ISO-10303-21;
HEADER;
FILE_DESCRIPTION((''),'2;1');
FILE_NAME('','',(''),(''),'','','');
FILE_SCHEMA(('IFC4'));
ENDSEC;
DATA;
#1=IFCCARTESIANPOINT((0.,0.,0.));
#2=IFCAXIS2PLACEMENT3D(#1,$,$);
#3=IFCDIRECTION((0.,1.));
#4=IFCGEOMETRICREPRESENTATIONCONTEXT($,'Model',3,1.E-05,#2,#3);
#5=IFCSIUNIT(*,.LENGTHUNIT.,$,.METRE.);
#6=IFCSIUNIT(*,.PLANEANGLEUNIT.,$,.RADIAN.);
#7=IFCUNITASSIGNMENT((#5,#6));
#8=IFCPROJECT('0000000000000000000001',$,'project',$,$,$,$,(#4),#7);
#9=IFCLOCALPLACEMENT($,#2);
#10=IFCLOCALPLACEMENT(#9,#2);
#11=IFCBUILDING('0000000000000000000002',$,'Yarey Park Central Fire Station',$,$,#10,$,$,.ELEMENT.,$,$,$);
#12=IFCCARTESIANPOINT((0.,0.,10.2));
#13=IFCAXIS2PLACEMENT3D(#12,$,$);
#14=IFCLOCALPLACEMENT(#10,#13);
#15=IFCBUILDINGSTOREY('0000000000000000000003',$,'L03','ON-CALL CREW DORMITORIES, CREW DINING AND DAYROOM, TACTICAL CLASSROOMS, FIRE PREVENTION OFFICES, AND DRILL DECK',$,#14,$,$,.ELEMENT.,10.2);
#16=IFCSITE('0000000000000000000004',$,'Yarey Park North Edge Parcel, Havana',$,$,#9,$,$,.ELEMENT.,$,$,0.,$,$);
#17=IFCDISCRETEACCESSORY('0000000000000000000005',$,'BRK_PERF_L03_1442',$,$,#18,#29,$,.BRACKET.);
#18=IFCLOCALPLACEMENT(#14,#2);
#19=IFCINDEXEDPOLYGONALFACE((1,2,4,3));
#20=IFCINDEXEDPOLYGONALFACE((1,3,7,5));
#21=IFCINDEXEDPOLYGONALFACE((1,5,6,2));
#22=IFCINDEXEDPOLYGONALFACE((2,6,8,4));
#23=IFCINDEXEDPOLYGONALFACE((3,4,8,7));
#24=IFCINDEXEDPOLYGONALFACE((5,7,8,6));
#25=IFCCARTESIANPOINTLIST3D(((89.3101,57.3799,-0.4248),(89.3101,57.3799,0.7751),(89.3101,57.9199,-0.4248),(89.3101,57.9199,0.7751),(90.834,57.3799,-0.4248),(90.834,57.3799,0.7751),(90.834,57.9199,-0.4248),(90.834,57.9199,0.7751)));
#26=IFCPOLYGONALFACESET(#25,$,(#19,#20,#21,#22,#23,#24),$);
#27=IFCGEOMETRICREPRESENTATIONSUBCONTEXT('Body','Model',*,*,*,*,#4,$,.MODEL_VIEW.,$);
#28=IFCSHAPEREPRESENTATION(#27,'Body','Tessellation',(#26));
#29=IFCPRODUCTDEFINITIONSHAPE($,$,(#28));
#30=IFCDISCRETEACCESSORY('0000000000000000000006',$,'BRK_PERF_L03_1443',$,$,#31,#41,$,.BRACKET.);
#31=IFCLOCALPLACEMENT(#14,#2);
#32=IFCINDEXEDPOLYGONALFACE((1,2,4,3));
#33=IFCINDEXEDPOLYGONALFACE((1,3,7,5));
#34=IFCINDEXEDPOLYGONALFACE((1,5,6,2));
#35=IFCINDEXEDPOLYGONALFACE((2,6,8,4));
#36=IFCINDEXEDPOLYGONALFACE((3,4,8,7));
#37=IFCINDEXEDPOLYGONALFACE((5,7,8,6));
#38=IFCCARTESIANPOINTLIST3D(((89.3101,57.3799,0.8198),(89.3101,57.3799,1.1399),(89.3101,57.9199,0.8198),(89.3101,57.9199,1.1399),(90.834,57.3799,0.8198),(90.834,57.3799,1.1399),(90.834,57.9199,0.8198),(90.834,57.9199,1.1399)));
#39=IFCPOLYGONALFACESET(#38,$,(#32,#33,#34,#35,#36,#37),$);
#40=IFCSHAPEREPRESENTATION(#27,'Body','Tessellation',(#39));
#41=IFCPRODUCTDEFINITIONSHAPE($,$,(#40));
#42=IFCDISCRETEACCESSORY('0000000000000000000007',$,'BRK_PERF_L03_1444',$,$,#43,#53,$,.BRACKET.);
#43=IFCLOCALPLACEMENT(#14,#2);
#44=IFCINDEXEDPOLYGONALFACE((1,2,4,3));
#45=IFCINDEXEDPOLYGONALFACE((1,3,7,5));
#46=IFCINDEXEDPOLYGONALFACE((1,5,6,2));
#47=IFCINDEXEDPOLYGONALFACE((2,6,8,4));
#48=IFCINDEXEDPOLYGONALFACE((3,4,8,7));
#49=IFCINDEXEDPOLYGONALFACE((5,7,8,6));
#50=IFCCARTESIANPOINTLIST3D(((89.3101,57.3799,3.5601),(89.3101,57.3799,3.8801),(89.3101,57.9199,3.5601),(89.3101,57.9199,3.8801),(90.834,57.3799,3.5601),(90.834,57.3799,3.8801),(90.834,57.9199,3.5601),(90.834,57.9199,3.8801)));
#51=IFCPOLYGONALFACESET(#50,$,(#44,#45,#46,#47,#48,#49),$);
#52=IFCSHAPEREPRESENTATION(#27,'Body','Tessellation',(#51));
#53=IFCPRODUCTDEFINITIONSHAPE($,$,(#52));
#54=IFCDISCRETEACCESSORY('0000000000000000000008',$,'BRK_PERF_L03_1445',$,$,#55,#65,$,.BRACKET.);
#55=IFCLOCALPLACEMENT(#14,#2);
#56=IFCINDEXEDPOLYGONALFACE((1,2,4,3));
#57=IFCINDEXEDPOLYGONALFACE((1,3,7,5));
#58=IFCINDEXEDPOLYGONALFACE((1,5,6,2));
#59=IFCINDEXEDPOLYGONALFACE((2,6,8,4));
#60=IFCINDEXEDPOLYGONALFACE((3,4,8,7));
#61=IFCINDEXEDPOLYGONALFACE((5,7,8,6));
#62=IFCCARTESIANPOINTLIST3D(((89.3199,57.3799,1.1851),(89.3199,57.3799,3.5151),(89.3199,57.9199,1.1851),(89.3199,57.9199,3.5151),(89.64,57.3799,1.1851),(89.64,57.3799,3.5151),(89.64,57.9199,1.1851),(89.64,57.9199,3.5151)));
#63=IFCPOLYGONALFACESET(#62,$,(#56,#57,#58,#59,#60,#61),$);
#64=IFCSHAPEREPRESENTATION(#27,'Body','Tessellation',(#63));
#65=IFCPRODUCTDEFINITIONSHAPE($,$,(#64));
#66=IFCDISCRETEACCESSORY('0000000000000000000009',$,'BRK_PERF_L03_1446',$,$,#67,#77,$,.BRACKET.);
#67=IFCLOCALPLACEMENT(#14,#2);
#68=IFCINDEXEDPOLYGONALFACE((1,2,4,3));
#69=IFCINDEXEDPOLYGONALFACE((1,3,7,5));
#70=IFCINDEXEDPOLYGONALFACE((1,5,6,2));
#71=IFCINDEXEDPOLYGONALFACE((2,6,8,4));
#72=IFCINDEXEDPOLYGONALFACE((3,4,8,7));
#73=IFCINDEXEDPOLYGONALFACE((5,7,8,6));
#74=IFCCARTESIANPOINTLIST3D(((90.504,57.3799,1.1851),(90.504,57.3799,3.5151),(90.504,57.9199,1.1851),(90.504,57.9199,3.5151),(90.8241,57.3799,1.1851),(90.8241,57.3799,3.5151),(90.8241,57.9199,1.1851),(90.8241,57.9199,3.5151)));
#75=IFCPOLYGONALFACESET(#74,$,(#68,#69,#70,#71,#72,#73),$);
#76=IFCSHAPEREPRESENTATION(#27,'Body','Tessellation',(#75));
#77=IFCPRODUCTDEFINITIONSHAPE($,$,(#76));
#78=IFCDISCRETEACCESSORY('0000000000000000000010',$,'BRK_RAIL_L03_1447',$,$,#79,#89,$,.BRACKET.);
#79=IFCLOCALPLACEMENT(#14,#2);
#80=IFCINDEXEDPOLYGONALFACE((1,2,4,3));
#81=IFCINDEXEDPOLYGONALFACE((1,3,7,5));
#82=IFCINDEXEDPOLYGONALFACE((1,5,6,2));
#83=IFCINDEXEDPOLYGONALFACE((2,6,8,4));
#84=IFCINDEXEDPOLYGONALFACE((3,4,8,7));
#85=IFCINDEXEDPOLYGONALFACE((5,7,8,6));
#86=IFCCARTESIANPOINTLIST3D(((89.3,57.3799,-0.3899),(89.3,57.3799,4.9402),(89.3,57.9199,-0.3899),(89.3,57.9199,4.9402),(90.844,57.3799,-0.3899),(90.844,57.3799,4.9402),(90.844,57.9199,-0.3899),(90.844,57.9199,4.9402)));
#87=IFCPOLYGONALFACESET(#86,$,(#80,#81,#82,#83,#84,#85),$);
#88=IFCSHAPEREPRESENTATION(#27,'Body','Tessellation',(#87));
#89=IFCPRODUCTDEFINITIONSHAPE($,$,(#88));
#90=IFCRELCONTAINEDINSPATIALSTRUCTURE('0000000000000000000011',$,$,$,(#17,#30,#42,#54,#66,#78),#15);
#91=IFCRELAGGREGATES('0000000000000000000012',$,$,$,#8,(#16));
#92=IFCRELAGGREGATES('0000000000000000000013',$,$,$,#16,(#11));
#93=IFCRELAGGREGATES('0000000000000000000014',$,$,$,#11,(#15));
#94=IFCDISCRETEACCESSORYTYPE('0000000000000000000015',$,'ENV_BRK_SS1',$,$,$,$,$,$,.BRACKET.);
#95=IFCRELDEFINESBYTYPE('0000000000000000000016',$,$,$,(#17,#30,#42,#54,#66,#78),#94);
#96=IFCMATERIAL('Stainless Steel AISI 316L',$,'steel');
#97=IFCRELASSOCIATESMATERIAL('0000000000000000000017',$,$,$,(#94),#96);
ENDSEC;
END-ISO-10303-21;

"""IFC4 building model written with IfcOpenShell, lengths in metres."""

from ifc_helpers import new_model, si_unit, direction, frame, origin, origin_2d, place, context, subcontext, project, spatial, rectangle, extrude, material, type_object, element, save


model = new_model("IFC4")

# Units and contexts
model_context = context("Model", 3, precision=1e-05, world=origin(), true_north=direction((0.0, 1.0)))
body_context = subcontext(model_context, "Body", "Model", "MODEL_VIEW")
ifc_project = project(units=[si_unit("LENGTHUNIT", "METRE"), si_unit("PLANEANGLEUNIT", "RADIAN")], contexts=[model_context])

# Site, building, storey
site_placement = place(None, origin())
site = spatial("IfcSite", under=ifc_project, at=site_placement, Name="Yarey Park North Edge Parcel, Havana", CompositionType="ELEMENT", RefElevation=0.0)
building_placement = place(site_placement, origin())
building = spatial("IfcBuilding", under=site, at=building_placement, Name="Yarey Park Central Fire Station", CompositionType="ELEMENT")
storey_placement = place(building_placement, frame((0.0, 0.0, 10.2)))
storey = spatial("IfcBuildingStorey", under=building, at=storey_placement, Name="L03", Description="ON-CALL CREW DORMITORIES, CREW DINING AND DAYROOM, TACTICAL CLASSROOMS, FIRE PREVENTION OFFICES, AND DRILL DECK", CompositionType="ELEMENT", Elevation=10.2)

# Discrete accessories
ifc_material_1 = material(Name="Stainless Steel AISI 316L", Category="steel")
discrete_accessory_type = type_object("IfcDiscreteAccessoryType", Name="ENV_BRK_SS1", PredefinedType="BRACKET", material=ifc_material_1)
discrete_accessory_1_placement = place(storey_placement, frame((90.072, 57.6499, -0.4248), z_axis=(0.0, 0.0, 1.0), x_axis=(1.0, 0.0, 0.0)))
element("IfcDiscreteAccessory", 1, at=discrete_accessory_1_placement, inside=storey, type_object=discrete_accessory_type, Name="BRK_PERF_L03_1442", PredefinedType="BRACKET", context=body_context, shape_type="SweptSolid", body=[
    extrude(rectangle(XDim=1.5239, YDim=0.54, at=origin_2d()), origin(), (0.0, 0.0, 1.0), 1.2),
])
for number, where, z_axis, x_axis, name in (
    (2, (90.072, 57.6499, 0.8198), (0.0, 0.0, 1.0), (1.0, 0.0, 0.0), "BRK_PERF_L03_1443"),
    (3, (90.072, 57.6499, 3.5601), (0.0, 0.0, 1.0), (1.0, 0.0, 0.0), "BRK_PERF_L03_1444"),
):
    element("IfcDiscreteAccessory", number, at=place(storey_placement, frame(where, z_axis=z_axis, x_axis=x_axis)), inside=storey, type_object=discrete_accessory_type, Name=name, PredefinedType="BRACKET", context=body_context, shape_type="SweptSolid", body=[
        extrude(rectangle(XDim=1.5239, YDim=0.54, at=origin_2d()), origin(), (0.0, 0.0, 1.0), 0.3201),
    ])
for number, where, z_axis, x_axis, name in (
    (4, (89.48, 57.6499, 1.1851), (0.0, 0.0, 1.0), (1.0, 0.0, 0.0), "BRK_PERF_L03_1445"),
    (5, (90.6641, 57.6499, 1.1851), (0.0, 0.0, 1.0), (1.0, 0.0, 0.0), "BRK_PERF_L03_1446"),
):
    element("IfcDiscreteAccessory", number, at=place(storey_placement, frame(where, z_axis=z_axis, x_axis=x_axis)), inside=storey, type_object=discrete_accessory_type, Name=name, PredefinedType="BRACKET", context=body_context, shape_type="SweptSolid", body=[
        extrude(rectangle(XDim=0.3201, YDim=0.54, at=origin_2d()), origin(), (0.0, 0.0, 1.0), 2.3301),
    ])
discrete_accessory_2_placement = place(storey_placement, frame((90.072, 57.6499, -0.3899), z_axis=(0.0, 0.0, 1.0), x_axis=(1.0, 0.0, 0.0)))
element("IfcDiscreteAccessory", 6, at=discrete_accessory_2_placement, inside=storey, type_object=discrete_accessory_type, Name="BRK_RAIL_L03_1447", PredefinedType="BRACKET", context=body_context, shape_type="SweptSolid", body=[
    extrude(rectangle(XDim=1.5439, YDim=0.54, at=origin_2d()), origin(), (0.0, 0.0, 1.0), 5.3301),
])

save(model, "model.ifc")
